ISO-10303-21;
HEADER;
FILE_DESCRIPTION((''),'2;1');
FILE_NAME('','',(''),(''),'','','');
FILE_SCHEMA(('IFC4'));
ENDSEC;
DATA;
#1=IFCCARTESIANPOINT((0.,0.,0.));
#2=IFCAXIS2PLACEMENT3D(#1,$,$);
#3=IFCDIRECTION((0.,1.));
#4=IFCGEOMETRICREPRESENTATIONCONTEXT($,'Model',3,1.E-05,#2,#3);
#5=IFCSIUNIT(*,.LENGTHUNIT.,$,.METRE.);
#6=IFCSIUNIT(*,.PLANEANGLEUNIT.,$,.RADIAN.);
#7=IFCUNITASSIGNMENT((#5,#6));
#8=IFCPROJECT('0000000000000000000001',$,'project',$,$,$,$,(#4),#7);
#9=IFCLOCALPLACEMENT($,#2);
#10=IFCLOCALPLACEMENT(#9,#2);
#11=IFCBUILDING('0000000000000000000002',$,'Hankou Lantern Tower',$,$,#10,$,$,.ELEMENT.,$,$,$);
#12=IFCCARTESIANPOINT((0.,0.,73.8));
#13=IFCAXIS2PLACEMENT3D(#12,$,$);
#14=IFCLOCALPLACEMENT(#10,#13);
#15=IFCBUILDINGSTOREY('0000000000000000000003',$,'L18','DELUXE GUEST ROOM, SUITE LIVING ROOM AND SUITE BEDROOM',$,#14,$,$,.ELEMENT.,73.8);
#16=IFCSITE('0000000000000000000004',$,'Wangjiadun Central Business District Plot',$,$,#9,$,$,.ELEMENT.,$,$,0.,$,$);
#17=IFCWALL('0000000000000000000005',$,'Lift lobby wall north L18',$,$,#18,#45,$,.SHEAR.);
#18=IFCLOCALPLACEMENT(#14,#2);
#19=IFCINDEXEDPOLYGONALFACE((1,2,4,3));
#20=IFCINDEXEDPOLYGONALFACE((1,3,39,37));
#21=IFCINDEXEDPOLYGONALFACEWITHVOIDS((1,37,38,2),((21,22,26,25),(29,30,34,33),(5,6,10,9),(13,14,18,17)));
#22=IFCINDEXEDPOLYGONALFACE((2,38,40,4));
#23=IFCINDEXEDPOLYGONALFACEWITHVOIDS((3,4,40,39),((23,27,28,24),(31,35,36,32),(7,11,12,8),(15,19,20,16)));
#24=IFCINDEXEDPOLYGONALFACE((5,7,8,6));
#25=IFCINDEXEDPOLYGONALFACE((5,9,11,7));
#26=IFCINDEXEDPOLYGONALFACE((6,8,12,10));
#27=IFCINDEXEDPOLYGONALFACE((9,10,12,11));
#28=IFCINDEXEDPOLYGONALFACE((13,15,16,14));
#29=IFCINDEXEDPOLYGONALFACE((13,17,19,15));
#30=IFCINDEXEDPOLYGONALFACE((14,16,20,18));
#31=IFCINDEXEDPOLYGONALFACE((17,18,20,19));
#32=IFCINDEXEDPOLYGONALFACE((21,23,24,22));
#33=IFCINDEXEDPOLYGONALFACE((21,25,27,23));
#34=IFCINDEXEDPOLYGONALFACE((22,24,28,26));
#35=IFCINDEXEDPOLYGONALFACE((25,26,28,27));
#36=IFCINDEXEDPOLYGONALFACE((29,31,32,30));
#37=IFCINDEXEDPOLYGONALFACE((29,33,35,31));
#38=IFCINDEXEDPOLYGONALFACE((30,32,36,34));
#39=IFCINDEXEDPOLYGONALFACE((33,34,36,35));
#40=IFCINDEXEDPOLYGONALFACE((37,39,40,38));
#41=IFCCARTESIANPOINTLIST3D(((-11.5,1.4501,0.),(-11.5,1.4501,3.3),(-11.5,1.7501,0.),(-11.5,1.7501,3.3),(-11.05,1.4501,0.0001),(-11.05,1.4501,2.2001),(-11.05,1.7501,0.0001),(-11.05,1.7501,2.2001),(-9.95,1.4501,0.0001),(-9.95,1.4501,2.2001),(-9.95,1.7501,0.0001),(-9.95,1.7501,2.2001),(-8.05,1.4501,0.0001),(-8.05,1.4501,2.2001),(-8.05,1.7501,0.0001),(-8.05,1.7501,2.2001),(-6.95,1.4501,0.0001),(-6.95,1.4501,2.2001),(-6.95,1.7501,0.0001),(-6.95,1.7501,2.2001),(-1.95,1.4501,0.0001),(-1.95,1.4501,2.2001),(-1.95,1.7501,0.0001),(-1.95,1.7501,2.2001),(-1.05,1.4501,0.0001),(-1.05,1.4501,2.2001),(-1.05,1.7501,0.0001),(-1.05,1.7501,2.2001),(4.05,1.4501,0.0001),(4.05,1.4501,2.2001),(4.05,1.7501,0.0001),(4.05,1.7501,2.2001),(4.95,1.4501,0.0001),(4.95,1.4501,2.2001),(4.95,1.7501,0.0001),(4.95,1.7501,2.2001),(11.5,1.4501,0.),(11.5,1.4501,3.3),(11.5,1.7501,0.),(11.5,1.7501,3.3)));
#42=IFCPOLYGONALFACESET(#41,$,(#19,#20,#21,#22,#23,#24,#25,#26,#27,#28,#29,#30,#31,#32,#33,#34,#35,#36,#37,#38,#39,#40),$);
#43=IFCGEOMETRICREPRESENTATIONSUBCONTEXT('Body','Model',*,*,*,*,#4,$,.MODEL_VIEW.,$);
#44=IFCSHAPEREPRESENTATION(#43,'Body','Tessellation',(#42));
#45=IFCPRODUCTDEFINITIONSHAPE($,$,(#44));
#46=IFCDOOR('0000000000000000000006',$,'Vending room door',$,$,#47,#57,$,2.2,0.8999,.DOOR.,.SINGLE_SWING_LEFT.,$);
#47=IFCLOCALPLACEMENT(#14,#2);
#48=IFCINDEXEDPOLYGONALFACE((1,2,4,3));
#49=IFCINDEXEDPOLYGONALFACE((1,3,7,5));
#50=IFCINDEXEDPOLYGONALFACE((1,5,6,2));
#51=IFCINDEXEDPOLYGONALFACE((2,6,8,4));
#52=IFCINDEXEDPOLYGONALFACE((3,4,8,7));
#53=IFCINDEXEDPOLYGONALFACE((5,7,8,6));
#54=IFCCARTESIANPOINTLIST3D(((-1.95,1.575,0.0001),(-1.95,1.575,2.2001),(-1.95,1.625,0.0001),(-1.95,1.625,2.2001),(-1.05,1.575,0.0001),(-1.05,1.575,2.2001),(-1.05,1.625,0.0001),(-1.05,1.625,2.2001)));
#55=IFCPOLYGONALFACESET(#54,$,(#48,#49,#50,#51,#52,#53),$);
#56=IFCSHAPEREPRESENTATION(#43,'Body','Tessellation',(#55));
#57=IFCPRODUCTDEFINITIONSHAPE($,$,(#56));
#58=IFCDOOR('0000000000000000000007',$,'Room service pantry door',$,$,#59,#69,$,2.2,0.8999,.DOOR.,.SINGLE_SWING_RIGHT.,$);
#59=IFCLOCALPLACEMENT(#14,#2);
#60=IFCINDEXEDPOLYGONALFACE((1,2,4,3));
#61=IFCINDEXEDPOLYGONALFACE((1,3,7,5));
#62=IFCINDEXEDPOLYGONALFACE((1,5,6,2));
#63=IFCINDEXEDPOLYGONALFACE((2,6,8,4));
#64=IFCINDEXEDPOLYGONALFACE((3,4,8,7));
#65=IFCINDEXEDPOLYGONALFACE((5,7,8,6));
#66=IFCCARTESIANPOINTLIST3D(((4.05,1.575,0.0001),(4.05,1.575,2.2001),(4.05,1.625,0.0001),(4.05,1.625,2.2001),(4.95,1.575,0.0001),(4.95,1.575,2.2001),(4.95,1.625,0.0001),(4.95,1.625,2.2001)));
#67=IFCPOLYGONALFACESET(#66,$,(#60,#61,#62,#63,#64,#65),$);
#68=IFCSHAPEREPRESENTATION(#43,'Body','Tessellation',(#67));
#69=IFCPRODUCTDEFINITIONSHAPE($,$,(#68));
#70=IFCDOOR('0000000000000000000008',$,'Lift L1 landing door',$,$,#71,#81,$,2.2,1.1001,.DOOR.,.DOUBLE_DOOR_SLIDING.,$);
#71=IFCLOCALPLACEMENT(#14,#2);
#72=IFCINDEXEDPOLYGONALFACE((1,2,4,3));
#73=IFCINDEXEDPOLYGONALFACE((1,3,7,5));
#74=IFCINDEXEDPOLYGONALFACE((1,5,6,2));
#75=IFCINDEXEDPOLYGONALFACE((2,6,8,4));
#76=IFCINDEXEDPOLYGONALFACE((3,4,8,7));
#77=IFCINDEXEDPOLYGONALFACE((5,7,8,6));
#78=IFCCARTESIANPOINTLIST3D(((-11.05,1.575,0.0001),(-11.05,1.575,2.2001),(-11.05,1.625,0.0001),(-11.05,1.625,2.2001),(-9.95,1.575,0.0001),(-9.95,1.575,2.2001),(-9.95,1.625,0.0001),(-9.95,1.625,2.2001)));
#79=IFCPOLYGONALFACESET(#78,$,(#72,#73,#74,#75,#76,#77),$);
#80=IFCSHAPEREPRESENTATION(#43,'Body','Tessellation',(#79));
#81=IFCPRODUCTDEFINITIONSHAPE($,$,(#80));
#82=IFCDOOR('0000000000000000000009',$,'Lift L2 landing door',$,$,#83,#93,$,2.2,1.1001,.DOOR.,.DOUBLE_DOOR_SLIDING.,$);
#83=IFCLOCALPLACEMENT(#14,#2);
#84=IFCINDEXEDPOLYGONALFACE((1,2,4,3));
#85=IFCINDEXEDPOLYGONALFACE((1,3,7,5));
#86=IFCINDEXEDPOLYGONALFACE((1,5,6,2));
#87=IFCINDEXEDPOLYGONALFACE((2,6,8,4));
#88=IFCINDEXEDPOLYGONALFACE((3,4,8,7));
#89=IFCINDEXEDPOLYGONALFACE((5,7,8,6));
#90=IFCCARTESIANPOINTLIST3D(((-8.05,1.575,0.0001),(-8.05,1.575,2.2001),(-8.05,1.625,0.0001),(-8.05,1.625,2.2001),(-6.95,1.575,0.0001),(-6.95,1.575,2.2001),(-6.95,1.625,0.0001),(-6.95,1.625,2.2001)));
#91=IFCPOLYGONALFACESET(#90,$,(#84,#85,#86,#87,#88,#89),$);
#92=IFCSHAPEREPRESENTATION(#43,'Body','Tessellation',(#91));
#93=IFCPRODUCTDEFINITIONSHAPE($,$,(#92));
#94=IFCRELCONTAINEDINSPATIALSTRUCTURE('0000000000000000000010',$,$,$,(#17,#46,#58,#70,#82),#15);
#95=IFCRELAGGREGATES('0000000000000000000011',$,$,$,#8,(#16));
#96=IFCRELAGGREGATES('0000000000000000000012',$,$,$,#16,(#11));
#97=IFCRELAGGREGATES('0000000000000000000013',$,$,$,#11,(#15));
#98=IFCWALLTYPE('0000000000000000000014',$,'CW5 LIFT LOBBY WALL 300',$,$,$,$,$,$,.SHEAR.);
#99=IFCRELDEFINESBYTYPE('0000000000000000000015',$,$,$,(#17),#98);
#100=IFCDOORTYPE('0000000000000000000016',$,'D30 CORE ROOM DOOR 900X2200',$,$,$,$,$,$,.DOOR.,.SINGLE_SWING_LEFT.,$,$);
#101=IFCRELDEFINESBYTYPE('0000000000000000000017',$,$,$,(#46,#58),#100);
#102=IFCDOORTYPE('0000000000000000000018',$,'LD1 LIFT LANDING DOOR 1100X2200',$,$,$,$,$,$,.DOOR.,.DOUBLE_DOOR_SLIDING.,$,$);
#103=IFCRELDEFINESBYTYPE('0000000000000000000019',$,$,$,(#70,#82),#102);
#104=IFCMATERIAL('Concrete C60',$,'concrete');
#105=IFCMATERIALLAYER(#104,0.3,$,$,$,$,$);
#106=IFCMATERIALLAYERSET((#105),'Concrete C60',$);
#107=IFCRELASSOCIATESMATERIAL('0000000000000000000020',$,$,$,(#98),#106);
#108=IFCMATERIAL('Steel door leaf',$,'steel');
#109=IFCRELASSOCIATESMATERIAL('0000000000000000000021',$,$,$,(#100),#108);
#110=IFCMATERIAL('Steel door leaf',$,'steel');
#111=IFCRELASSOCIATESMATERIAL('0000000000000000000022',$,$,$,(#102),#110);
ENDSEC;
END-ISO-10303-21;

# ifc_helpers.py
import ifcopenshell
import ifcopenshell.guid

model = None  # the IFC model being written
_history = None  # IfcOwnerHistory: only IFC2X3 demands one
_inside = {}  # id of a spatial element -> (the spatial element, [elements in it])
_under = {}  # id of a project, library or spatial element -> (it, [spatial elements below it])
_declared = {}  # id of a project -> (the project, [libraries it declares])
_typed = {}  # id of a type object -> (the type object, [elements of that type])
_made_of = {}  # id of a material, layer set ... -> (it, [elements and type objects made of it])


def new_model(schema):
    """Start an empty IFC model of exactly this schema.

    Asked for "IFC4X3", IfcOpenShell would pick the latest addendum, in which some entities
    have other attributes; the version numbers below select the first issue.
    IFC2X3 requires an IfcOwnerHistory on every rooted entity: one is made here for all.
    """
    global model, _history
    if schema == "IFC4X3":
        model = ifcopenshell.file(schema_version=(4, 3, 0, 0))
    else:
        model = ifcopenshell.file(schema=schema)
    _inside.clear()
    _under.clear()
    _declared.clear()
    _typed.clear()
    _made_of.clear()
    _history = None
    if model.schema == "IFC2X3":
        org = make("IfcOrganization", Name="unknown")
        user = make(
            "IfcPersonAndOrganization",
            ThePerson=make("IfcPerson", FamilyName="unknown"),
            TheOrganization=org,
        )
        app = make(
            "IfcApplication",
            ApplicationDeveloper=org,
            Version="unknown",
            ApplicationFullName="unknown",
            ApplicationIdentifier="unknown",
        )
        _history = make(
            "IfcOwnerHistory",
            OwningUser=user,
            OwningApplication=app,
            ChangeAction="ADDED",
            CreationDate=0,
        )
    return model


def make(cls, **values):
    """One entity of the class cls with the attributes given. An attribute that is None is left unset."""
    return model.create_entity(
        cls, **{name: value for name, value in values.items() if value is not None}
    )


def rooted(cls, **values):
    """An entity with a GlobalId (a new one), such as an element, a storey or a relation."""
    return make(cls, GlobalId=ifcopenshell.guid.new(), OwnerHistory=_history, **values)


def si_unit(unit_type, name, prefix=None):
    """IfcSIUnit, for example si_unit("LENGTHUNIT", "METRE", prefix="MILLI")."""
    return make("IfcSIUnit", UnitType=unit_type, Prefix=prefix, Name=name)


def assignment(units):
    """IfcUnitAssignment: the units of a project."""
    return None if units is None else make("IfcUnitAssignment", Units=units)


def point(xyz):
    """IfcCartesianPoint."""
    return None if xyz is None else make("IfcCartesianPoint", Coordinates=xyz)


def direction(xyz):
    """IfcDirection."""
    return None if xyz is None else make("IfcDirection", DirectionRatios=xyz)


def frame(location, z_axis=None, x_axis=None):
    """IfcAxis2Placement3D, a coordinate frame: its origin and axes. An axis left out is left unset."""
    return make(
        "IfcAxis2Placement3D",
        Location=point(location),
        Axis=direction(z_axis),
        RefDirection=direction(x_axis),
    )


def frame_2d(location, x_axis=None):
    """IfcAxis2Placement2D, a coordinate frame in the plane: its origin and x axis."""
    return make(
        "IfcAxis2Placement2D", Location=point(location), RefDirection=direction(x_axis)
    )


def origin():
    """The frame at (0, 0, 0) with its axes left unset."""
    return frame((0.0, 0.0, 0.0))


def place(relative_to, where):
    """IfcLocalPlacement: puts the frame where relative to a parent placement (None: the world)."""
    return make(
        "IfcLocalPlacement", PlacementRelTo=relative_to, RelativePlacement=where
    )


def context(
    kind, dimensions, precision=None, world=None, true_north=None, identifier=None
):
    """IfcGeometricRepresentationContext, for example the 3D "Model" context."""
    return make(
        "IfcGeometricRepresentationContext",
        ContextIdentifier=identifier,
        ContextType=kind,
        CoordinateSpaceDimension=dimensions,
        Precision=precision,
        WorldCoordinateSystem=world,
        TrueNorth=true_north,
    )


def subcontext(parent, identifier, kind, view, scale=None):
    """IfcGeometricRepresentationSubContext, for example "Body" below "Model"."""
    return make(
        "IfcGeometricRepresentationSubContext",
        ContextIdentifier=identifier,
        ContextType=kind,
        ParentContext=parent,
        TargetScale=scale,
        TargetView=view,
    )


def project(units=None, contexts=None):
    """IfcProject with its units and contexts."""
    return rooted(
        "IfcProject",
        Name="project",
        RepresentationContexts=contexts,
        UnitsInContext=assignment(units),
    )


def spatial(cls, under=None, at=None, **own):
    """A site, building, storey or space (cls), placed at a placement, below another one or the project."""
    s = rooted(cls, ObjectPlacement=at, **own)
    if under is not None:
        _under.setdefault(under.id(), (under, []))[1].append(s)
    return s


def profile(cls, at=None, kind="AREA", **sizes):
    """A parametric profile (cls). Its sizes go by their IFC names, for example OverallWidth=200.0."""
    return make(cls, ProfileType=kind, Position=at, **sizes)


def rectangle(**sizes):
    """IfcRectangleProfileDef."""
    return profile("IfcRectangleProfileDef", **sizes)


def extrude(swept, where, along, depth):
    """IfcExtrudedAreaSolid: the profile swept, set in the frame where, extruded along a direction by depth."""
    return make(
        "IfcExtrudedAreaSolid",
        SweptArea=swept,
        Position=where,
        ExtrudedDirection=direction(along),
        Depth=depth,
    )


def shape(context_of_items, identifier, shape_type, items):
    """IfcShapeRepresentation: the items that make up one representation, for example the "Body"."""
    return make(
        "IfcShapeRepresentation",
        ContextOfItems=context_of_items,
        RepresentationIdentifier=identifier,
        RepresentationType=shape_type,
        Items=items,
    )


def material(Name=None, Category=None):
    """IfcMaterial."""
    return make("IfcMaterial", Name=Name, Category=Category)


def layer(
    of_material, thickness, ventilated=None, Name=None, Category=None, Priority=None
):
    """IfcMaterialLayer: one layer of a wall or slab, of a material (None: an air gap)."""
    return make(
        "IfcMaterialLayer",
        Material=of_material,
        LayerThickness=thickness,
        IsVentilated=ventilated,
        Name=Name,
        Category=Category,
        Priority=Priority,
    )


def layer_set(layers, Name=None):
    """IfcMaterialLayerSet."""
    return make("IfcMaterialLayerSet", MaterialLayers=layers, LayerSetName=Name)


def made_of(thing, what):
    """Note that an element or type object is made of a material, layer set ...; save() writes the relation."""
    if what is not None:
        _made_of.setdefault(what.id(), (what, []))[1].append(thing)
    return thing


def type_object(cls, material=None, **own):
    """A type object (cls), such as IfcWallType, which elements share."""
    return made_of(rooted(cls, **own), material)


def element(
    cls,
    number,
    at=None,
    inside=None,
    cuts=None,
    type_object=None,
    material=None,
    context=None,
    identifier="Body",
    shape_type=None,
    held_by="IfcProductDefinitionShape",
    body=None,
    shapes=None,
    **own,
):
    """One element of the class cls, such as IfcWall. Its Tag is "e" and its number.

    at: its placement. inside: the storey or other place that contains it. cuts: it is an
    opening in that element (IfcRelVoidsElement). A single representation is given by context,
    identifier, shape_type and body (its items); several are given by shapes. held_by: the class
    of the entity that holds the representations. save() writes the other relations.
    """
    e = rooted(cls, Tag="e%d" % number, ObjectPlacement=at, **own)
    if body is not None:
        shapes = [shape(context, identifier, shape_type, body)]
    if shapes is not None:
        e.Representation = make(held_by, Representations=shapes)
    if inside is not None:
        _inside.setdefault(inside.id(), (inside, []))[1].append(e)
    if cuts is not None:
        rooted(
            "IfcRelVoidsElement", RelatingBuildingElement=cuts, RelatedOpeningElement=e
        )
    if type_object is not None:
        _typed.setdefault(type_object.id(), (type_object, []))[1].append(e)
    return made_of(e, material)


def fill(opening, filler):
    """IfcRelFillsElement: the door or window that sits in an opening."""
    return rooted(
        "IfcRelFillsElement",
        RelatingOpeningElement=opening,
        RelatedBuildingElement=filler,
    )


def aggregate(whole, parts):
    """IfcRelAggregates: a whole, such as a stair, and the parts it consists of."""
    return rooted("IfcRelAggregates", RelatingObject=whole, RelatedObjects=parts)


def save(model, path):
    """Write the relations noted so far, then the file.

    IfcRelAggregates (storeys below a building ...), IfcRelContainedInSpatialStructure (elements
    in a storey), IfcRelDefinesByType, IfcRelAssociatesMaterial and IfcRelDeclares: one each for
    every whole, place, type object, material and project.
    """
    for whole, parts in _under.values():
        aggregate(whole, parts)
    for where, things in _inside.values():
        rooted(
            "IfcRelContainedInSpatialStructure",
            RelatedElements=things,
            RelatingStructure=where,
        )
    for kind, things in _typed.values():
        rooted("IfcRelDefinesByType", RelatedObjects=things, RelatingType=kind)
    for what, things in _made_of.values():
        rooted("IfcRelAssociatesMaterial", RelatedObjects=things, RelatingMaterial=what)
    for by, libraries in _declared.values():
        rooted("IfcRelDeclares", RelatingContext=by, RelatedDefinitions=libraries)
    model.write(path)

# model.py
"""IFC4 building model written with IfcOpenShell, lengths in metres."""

from ifc_helpers import new_model, si_unit, direction, frame, frame_2d, origin, place, context, subcontext, project, spatial, rectangle, extrude, material, layer, layer_set, type_object, element, fill, save


model = new_model("IFC4")

# Units and contexts
model_context = context("Model", 3, precision=1e-05, world=origin(), true_north=direction((0.0, 1.0)))
body_context = subcontext(model_context, "Body", "Model", "MODEL_VIEW")
ifc_project = project(units=[si_unit("LENGTHUNIT", "METRE"), si_unit("PLANEANGLEUNIT", "RADIAN")], contexts=[model_context])

# Site, building, storey
site_placement = place(None, origin())
site = spatial("IfcSite", under=ifc_project, at=site_placement, Name="Wangjiadun Central Business District Plot", CompositionType="ELEMENT", RefElevation=0.0)
building_placement = place(site_placement, origin())
building = spatial("IfcBuilding", under=site, at=building_placement, Name="Hankou Lantern Tower", CompositionType="ELEMENT")
storey_placement = place(building_placement, frame((0.0, 0.0, 73.8)))
storey = spatial("IfcBuildingStorey", under=building, at=storey_placement, Name="L18", Description="DELUXE GUEST ROOM, SUITE LIVING ROOM AND SUITE BEDROOM", CompositionType="ELEMENT", Elevation=73.8)

# Wall, openings, doors
ifc_material_1 = material(Name="Concrete C60", Category="concrete")
ifc_layer_1 = layer(ifc_material_1, 0.3)
ifc_layer_set_1 = layer_set([ifc_layer_1], Name="Concrete C60")
wall_type_1 = type_object("IfcWallType", Name="CW5 LIFT LOBBY WALL 300", PredefinedType="SHEAR", material=ifc_layer_set_1)
wall_1_placement = place(storey_placement, frame((-11.5, 1.6001, 0.0), z_axis=(0.0, 0.0, 1.0), x_axis=(1.0, 0.0, 0.0)))
wall_1 = element("IfcWall", 1, at=wall_1_placement, inside=storey, type_object=wall_type_1, Name="Lift lobby wall north L18", PredefinedType="SHEAR", context=body_context, shape_type="SweptSolid", body=[
    extrude(rectangle(XDim=23.0, YDim=0.3, at=frame_2d((11.5, 0.0))), origin(), (0.0, 0.0, 1.0), 3.3),
])
opening_1_placement = place(wall_1_placement, frame((0.45, 0.0, 0.0)))
opening_1 = element("IfcOpeningElement", 2, at=opening_1_placement, cuts=wall_1, PredefinedType="OPENING", context=body_context, shape_type="SweptSolid", body=[
    extrude(rectangle(XDim=1.1001, YDim=2.2, at=frame_2d((0.55, 1.1001))), frame((0.0, 0.1599, 0.0), z_axis=(0.0, -1.0, 0.0), x_axis=(1.0, 0.0, 0.0)), (0.0, 0.0, 1.0), 0.3201),
])
opening_2_placement = place(wall_1_placement, frame((3.45, 0.0, 0.0)))
opening_2 = element("IfcOpeningElement", 3, at=opening_2_placement, cuts=wall_1, PredefinedType="OPENING", context=body_context, shape_type="SweptSolid", body=[
    extrude(rectangle(XDim=1.1001, YDim=2.2, at=frame_2d((0.55, 1.1001))), frame((0.0, 0.1599, 0.0), z_axis=(0.0, -1.0, 0.0), x_axis=(1.0, 0.0, 0.0)), (0.0, 0.0, 1.0), 0.3201),
])
opening_3_placement = place(wall_1_placement, frame((9.55, 0.0, 0.0)))
opening_3 = element("IfcOpeningElement", 4, at=opening_3_placement, cuts=wall_1, PredefinedType="OPENING", context=body_context, shape_type="SweptSolid", body=[
    extrude(rectangle(XDim=0.8999, YDim=2.2, at=frame_2d((0.45, 1.1001))), frame((0.0, 0.1599, 0.0), z_axis=(0.0, -1.0, 0.0), x_axis=(1.0, 0.0, 0.0)), (0.0, 0.0, 1.0), 0.3201),
])
opening_4_placement = place(wall_1_placement, frame((15.55, 0.0, 0.0)))
opening_4 = element("IfcOpeningElement", 5, at=opening_4_placement, cuts=wall_1, PredefinedType="OPENING", context=body_context, shape_type="SweptSolid", body=[
    extrude(rectangle(XDim=0.8999, YDim=2.2, at=frame_2d((0.45, 1.1001))), frame((0.0, 0.1599, 0.0), z_axis=(0.0, -1.0, 0.0), x_axis=(1.0, 0.0, 0.0)), (0.0, 0.0, 1.0), 0.3201),
])
ifc_material_2 = material(Name="Steel door leaf", Category="steel")
door_type_1 = type_object("IfcDoorType", Name="D30 CORE ROOM DOOR 900X2200", OperationType="SINGLE_SWING_LEFT", PredefinedType="DOOR", material=ifc_material_2)
door_1_placement = place(opening_3_placement, origin())
door_1 = element("IfcDoor", 6, at=door_1_placement, inside=storey, type_object=door_type_1, Name="Vending room door", OperationType="SINGLE_SWING_LEFT", OverallHeight=2.2, OverallWidth=0.8999, PredefinedType="DOOR", context=body_context, shape_type="SweptSolid", body=[
    extrude(rectangle(XDim=0.8999, YDim=2.2, at=frame_2d((0.45, 1.1001))), frame((0.0, 0.0249, 0.0), z_axis=(0.0, -1.0, 0.0), x_axis=(1.0, 0.0, 0.0)), (0.0, 0.0, 1.0), 0.05),
])
fill(opening_3, door_1)
door_2_placement = place(opening_4_placement, origin())
door_2 = element("IfcDoor", 7, at=door_2_placement, inside=storey, type_object=door_type_1, Name="Room service pantry door", OperationType="SINGLE_SWING_RIGHT", OverallHeight=2.2, OverallWidth=0.8999, PredefinedType="DOOR", context=body_context, shape_type="SweptSolid", body=[
    extrude(rectangle(XDim=0.8999, YDim=2.2, at=frame_2d((0.45, 1.1001))), frame((0.0, 0.0249, 0.0), z_axis=(0.0, -1.0, 0.0), x_axis=(1.0, 0.0, 0.0)), (0.0, 0.0, 1.0), 0.05),
])
fill(opening_4, door_2)
ifc_material_3 = material(Name="Steel door leaf", Category="steel")
door_type_2 = type_object("IfcDoorType", Name="LD1 LIFT LANDING DOOR 1100X2200", OperationType="DOUBLE_DOOR_SLIDING", PredefinedType="DOOR", material=ifc_material_3)
door_3_placement = place(opening_1_placement, origin())
door_3 = element("IfcDoor", 8, at=door_3_placement, inside=storey, type_object=door_type_2, Name="Lift L1 landing door", OperationType="DOUBLE_DOOR_SLIDING", OverallHeight=2.2, OverallWidth=1.1001, PredefinedType="DOOR", context=body_context, shape_type="SweptSolid", body=[
    extrude(rectangle(XDim=1.1001, YDim=2.2, at=frame_2d((0.55, 1.1001))), frame((0.0, 0.0249, 0.0), z_axis=(0.0, -1.0, 0.0), x_axis=(1.0, 0.0, 0.0)), (0.0, 0.0, 1.0), 0.05),
])
fill(opening_1, door_3)
door_4_placement = place(opening_2_placement, origin())
door_4 = element("IfcDoor", 9, at=door_4_placement, inside=storey, type_object=door_type_2, Name="Lift L2 landing door", OperationType="DOUBLE_DOOR_SLIDING", OverallHeight=2.2, OverallWidth=1.1001, PredefinedType="DOOR", context=body_context, shape_type="SweptSolid", body=[
    extrude(rectangle(XDim=1.1001, YDim=2.2, at=frame_2d((0.55, 1.1001))), frame((0.0, 0.0249, 0.0), z_axis=(0.0, -1.0, 0.0), x_axis=(1.0, 0.0, 0.0)), (0.0, 0.0, 1.0), 0.05),
])
fill(opening_2, door_4)

save(model, "model.ifc")
